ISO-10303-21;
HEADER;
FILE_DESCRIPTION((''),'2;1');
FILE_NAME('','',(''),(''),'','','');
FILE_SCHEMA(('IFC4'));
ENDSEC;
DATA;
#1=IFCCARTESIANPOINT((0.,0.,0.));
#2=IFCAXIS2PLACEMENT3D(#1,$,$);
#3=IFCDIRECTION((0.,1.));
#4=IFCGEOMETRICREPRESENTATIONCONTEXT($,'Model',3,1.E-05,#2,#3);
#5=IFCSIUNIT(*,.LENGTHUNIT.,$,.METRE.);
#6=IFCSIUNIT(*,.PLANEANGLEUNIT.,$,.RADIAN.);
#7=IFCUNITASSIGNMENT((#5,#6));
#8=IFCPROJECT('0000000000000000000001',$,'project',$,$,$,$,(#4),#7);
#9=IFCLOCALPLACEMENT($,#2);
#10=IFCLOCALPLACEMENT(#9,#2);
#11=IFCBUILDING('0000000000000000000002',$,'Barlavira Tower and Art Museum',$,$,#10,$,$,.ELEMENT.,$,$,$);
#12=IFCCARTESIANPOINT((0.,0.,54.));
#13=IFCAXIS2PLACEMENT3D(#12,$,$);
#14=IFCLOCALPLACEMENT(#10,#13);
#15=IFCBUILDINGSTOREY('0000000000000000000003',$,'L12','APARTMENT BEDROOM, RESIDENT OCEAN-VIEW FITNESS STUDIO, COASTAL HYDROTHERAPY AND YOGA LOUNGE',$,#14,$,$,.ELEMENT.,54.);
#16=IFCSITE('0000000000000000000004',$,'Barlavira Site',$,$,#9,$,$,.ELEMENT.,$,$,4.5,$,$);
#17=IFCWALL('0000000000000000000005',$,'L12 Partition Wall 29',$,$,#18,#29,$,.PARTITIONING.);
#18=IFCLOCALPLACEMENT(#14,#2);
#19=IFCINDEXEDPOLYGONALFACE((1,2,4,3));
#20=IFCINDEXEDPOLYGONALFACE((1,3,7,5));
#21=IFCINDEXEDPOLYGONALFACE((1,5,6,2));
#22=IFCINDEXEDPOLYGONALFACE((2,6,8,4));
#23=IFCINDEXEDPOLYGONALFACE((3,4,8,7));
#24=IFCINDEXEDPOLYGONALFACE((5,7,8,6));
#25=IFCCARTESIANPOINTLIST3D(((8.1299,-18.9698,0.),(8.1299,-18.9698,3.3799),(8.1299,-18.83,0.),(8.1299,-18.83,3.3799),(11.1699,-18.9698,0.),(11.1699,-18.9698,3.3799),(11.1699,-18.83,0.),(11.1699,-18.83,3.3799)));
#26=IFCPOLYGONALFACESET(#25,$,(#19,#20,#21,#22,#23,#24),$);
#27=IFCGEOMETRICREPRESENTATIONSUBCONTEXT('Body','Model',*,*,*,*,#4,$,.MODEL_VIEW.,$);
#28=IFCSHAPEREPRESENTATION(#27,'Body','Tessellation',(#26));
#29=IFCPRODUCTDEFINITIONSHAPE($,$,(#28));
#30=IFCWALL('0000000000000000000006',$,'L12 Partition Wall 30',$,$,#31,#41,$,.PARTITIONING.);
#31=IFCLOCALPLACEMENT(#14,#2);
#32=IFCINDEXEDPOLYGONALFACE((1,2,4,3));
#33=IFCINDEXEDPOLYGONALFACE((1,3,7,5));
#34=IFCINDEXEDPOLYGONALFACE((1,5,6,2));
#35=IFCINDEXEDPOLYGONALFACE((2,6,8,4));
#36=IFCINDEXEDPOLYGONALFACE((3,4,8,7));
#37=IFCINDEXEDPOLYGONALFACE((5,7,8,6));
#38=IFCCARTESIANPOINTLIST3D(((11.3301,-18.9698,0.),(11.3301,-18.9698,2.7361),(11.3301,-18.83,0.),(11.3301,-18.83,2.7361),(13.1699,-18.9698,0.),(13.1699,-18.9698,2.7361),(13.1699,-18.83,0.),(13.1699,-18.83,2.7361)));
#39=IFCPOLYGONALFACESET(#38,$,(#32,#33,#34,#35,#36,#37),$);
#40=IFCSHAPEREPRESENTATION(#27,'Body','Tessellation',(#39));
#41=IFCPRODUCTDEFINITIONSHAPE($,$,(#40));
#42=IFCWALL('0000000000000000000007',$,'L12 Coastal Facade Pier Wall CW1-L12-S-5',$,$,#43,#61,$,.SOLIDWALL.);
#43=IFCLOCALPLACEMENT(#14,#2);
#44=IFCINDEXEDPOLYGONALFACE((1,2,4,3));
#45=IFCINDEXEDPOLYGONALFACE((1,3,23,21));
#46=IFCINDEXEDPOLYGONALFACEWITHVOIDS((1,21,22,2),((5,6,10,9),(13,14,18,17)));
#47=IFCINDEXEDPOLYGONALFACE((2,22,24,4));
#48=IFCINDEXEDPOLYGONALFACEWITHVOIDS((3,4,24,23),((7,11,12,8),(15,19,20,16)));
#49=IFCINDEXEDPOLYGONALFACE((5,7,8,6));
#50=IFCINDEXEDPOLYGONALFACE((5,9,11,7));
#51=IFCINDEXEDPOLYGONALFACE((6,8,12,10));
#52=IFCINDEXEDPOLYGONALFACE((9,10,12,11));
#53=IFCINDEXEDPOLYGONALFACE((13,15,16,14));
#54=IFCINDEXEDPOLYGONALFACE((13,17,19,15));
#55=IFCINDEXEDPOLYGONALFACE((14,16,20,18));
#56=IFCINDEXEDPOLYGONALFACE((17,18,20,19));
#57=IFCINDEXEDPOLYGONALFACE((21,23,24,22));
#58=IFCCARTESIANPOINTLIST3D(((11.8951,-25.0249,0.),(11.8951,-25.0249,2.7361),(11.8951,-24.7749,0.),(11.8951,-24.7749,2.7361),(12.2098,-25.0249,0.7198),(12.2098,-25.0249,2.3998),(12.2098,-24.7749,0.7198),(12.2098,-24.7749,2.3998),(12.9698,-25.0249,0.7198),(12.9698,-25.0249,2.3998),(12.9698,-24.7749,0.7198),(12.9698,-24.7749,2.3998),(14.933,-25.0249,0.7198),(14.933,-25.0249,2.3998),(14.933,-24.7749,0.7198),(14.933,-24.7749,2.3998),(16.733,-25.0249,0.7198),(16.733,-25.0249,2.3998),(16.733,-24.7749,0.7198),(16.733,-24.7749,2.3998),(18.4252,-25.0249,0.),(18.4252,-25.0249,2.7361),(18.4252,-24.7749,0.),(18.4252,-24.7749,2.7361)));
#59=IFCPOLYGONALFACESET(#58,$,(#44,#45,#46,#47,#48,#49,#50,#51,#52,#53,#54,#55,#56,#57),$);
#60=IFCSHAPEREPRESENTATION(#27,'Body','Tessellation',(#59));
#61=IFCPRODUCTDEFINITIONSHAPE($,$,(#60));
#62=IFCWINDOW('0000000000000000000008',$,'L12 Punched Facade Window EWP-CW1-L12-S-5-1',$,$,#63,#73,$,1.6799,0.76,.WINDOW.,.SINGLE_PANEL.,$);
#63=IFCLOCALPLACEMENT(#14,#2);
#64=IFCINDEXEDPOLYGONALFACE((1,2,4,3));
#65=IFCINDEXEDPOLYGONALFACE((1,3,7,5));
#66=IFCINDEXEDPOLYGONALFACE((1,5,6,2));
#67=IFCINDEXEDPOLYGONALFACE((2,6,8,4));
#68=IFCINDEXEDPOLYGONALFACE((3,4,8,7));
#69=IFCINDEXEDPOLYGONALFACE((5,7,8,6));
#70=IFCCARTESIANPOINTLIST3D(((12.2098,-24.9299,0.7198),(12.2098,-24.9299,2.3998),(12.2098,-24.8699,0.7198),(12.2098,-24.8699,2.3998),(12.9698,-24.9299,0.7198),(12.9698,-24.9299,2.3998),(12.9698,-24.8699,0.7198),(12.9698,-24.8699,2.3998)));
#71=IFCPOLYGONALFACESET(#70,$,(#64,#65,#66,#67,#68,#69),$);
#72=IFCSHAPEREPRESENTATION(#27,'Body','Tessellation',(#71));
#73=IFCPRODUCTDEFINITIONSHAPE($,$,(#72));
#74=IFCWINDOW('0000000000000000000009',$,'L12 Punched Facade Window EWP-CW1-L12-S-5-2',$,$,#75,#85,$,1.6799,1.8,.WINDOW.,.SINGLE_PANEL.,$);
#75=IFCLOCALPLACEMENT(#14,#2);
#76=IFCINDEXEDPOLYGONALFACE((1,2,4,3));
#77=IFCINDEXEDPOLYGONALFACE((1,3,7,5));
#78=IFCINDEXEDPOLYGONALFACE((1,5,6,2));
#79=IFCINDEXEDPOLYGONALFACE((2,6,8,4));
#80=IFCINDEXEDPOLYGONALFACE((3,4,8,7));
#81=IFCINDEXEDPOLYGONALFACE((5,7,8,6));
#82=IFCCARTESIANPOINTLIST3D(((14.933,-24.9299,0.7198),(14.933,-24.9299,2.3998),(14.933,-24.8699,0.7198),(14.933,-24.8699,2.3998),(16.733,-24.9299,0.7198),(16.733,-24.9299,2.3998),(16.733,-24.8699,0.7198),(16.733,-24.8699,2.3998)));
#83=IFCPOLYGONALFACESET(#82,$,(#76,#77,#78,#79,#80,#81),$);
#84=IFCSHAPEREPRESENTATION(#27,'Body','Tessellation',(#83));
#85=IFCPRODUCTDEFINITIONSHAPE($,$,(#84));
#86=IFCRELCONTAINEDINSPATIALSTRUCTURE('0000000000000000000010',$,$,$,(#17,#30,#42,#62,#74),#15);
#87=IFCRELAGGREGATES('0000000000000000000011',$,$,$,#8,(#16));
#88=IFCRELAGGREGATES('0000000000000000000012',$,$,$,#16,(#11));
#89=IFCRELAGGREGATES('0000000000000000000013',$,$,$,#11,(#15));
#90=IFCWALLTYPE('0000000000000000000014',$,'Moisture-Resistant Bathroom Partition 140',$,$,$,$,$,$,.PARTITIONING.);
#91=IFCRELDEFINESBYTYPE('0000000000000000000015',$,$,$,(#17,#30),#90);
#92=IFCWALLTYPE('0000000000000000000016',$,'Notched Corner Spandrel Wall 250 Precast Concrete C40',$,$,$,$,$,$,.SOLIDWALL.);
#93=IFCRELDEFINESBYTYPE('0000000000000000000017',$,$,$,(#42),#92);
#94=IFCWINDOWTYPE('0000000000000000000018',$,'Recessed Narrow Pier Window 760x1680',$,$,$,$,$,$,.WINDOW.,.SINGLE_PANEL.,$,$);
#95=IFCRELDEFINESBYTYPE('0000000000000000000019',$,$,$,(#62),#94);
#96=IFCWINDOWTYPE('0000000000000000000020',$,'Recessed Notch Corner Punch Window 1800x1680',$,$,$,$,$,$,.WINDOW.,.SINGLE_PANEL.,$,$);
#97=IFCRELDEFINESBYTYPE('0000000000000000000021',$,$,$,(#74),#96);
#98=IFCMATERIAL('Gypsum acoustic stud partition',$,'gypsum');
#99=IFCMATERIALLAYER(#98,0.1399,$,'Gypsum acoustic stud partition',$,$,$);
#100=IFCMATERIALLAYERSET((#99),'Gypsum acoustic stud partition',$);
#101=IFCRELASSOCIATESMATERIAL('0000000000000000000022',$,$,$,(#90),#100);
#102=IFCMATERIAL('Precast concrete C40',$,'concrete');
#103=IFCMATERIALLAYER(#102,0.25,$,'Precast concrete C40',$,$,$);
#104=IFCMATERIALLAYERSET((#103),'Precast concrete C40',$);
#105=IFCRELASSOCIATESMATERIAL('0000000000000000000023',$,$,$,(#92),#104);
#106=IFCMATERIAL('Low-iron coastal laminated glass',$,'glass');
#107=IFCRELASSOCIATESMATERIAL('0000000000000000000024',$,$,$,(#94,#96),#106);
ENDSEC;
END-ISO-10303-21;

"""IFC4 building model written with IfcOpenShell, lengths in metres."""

from ifc_helpers import new_model, si_unit, direction, frame, frame_2d, origin, place, context, subcontext, project, spatial, rectangle, extrude, material, layer, layer_set, type_object, element, fill, save


model = new_model("IFC4")

# Units and contexts
model_context = context("Model", 3, precision=1e-05, world=origin(), true_north=direction((0.0, 1.0)))
body_context = subcontext(model_context, "Body", "Model", "MODEL_VIEW")
ifc_project = project(units=[si_unit("LENGTHUNIT", "METRE"), si_unit("PLANEANGLEUNIT", "RADIAN")], contexts=[model_context])

# Site, building, storey
site_placement = place(None, origin())
site = spatial("IfcSite", under=ifc_project, at=site_placement, Name="Barlavira Site", CompositionType="ELEMENT", RefElevation=4.5)
building_placement = place(site_placement, origin())
building = spatial("IfcBuilding", under=site, at=building_placement, Name="Barlavira Tower and Art Museum", CompositionType="ELEMENT")
storey_placement = place(building_placement, frame((0.0, 0.0, 54.0)))
storey = spatial("IfcBuildingStorey", under=building, at=storey_placement, Name="L12", Description="APARTMENT BEDROOM, RESIDENT OCEAN-VIEW FITNESS STUDIO, COASTAL HYDROTHERAPY AND YOGA LOUNGE", CompositionType="ELEMENT", Elevation=54.0)

# Shared definitions
ifc_material_1 = material(Name="Gypsum acoustic stud partition", Category="gypsum")

# Walls
ifc_layer_1 = layer(ifc_material_1, 0.1399, Name="Gypsum acoustic stud partition")
ifc_layer_set_1 = layer_set([ifc_layer_1], Name="Gypsum acoustic stud partition")
wall_type_1 = type_object("IfcWallType", Name="Moisture-Resistant Bathroom Partition 140", PredefinedType="PARTITIONING", material=ifc_layer_set_1)
wall_1_placement = place(storey_placement, frame((8.1299, -18.8999, 0.0), z_axis=(0.0, 0.0, 1.0), x_axis=(1.0, 0.0, 0.0)))
element("IfcWall", 1, at=wall_1_placement, inside=storey, type_object=wall_type_1, Name="L12 Partition Wall 29", PredefinedType="PARTITIONING", context=body_context, shape_type="SweptSolid", body=[
    extrude(rectangle(XDim=3.04, YDim=0.1399, at=frame_2d((1.52, 0.0))), origin(), (0.0, 0.0, 1.0), 3.3799),
])
wall_2_placement = place(storey_placement, frame((11.3301, -18.8999, 0.0), z_axis=(0.0, 0.0, 1.0), x_axis=(1.0, 0.0, 0.0)))
element("IfcWall", 2, at=wall_2_placement, inside=storey, type_object=wall_type_1, Name="L12 Partition Wall 30", PredefinedType="PARTITIONING", context=body_context, shape_type="SweptSolid", body=[
    extrude(rectangle(XDim=1.8398, YDim=0.1399, at=frame_2d((0.9199, 0.0))), origin(), (0.0, 0.0, 1.0), 2.7361),
])

# Wall, openings, windows
ifc_material_2 = material(Name="Precast concrete C40", Category="concrete")
ifc_layer_2 = layer(ifc_material_2, 0.25, Name="Precast concrete C40")
ifc_layer_set_2 = layer_set([ifc_layer_2], Name="Precast concrete C40")
wall_type_2 = type_object("IfcWallType", Name="Notched Corner Spandrel Wall 250 Precast Concrete C40", PredefinedType="SOLIDWALL", material=ifc_layer_set_2)
wall_3_placement = place(storey_placement, frame((11.895, -24.8999, 0.0), z_axis=(0.0, 0.0, 1.0), x_axis=(1.0, 0.0, 0.0)))
wall_3 = element("IfcWall", 3, at=wall_3_placement, inside=storey, type_object=wall_type_2, Name="L12 Coastal Facade Pier Wall CW1-L12-S-5", PredefinedType="SOLIDWALL", context=body_context, shape_type="SweptSolid", body=[
    extrude(rectangle(XDim=6.53, YDim=0.25, at=frame_2d((3.2651, 0.0))), origin(), (0.0, 0.0, 1.0), 2.7361),
])
opening_1_placement = place(wall_3_placement, frame((0.3149, 0.0, 0.72)))
opening_1 = element("IfcOpeningElement", 4, at=opening_1_placement, cuts=wall_3, PredefinedType="OPENING", context=body_context, shape_type="SweptSolid", body=[
    extrude(rectangle(XDim=0.76, YDim=1.6799, at=frame_2d((0.3799, 0.8398))), frame((0.0, 0.135, 0.0), z_axis=(0.0, -1.0, 0.0), x_axis=(1.0, 0.0, 0.0)), (0.0, 0.0, 1.0), 0.27),
])
opening_2_placement = place(wall_3_placement, frame((3.0381, 0.0, 0.72)))
opening_2 = element("IfcOpeningElement", 5, at=opening_2_placement, cuts=wall_3, PredefinedType="OPENING", context=body_context, shape_type="SweptSolid", body=[
    extrude(rectangle(XDim=1.8, YDim=1.6799, at=frame_2d((0.8999, 0.8398))), frame((0.0, 0.135, 0.0), z_axis=(0.0, -1.0, 0.0), x_axis=(1.0, 0.0, 0.0)), (0.0, 0.0, 1.0), 0.27),
])
ifc_material_3 = material(Name="Low-iron coastal laminated glass", Category="glass")
window_type_1 = type_object("IfcWindowType", Name="Recessed Narrow Pier Window 760x1680", PartitioningType="SINGLE_PANEL", PredefinedType="WINDOW", material=ifc_material_3)
window_1_placement = place(opening_1_placement, origin())
window_1 = element("IfcWindow", 6, at=window_1_placement, inside=storey, type_object=window_type_1, Name="L12 Punched Facade Window EWP-CW1-L12-S-5-1", OverallHeight=1.6799, OverallWidth=0.76, PartitioningType="SINGLE_PANEL", PredefinedType="WINDOW", context=body_context, shape_type="SweptSolid", body=[
    extrude(rectangle(XDim=0.76, YDim=1.6799, at=frame_2d((0.3799, 0.8398))), frame((0.0, 0.03, 0.0), z_axis=(0.0, -1.0, 0.0), x_axis=(1.0, 0.0, 0.0)), (0.0, 0.0, 1.0), 0.0601),
])
fill(opening_1, window_1)
window_type_2 = type_object("IfcWindowType", Name="Recessed Notch Corner Punch Window 1800x1680", PartitioningType="SINGLE_PANEL", PredefinedType="WINDOW", material=ifc_material_3)
window_2_placement = place(opening_2_placement, origin())
window_2 = element("IfcWindow", 7, at=window_2_placement, inside=storey, type_object=window_type_2, Name="L12 Punched Facade Window EWP-CW1-L12-S-5-2", OverallHeight=1.6799, OverallWidth=1.8, PartitioningType="SINGLE_PANEL", PredefinedType="WINDOW", context=body_context, shape_type="SweptSolid", body=[
    extrude(rectangle(XDim=1.8, YDim=1.6799, at=frame_2d((0.8999, 0.8398))), frame((0.0, 0.03, 0.0), z_axis=(0.0, -1.0, 0.0), x_axis=(1.0, 0.0, 0.0)), (0.0, 0.0, 1.0), 0.0601),
])
fill(opening_2, window_2)

save(model, "model.ifc")
